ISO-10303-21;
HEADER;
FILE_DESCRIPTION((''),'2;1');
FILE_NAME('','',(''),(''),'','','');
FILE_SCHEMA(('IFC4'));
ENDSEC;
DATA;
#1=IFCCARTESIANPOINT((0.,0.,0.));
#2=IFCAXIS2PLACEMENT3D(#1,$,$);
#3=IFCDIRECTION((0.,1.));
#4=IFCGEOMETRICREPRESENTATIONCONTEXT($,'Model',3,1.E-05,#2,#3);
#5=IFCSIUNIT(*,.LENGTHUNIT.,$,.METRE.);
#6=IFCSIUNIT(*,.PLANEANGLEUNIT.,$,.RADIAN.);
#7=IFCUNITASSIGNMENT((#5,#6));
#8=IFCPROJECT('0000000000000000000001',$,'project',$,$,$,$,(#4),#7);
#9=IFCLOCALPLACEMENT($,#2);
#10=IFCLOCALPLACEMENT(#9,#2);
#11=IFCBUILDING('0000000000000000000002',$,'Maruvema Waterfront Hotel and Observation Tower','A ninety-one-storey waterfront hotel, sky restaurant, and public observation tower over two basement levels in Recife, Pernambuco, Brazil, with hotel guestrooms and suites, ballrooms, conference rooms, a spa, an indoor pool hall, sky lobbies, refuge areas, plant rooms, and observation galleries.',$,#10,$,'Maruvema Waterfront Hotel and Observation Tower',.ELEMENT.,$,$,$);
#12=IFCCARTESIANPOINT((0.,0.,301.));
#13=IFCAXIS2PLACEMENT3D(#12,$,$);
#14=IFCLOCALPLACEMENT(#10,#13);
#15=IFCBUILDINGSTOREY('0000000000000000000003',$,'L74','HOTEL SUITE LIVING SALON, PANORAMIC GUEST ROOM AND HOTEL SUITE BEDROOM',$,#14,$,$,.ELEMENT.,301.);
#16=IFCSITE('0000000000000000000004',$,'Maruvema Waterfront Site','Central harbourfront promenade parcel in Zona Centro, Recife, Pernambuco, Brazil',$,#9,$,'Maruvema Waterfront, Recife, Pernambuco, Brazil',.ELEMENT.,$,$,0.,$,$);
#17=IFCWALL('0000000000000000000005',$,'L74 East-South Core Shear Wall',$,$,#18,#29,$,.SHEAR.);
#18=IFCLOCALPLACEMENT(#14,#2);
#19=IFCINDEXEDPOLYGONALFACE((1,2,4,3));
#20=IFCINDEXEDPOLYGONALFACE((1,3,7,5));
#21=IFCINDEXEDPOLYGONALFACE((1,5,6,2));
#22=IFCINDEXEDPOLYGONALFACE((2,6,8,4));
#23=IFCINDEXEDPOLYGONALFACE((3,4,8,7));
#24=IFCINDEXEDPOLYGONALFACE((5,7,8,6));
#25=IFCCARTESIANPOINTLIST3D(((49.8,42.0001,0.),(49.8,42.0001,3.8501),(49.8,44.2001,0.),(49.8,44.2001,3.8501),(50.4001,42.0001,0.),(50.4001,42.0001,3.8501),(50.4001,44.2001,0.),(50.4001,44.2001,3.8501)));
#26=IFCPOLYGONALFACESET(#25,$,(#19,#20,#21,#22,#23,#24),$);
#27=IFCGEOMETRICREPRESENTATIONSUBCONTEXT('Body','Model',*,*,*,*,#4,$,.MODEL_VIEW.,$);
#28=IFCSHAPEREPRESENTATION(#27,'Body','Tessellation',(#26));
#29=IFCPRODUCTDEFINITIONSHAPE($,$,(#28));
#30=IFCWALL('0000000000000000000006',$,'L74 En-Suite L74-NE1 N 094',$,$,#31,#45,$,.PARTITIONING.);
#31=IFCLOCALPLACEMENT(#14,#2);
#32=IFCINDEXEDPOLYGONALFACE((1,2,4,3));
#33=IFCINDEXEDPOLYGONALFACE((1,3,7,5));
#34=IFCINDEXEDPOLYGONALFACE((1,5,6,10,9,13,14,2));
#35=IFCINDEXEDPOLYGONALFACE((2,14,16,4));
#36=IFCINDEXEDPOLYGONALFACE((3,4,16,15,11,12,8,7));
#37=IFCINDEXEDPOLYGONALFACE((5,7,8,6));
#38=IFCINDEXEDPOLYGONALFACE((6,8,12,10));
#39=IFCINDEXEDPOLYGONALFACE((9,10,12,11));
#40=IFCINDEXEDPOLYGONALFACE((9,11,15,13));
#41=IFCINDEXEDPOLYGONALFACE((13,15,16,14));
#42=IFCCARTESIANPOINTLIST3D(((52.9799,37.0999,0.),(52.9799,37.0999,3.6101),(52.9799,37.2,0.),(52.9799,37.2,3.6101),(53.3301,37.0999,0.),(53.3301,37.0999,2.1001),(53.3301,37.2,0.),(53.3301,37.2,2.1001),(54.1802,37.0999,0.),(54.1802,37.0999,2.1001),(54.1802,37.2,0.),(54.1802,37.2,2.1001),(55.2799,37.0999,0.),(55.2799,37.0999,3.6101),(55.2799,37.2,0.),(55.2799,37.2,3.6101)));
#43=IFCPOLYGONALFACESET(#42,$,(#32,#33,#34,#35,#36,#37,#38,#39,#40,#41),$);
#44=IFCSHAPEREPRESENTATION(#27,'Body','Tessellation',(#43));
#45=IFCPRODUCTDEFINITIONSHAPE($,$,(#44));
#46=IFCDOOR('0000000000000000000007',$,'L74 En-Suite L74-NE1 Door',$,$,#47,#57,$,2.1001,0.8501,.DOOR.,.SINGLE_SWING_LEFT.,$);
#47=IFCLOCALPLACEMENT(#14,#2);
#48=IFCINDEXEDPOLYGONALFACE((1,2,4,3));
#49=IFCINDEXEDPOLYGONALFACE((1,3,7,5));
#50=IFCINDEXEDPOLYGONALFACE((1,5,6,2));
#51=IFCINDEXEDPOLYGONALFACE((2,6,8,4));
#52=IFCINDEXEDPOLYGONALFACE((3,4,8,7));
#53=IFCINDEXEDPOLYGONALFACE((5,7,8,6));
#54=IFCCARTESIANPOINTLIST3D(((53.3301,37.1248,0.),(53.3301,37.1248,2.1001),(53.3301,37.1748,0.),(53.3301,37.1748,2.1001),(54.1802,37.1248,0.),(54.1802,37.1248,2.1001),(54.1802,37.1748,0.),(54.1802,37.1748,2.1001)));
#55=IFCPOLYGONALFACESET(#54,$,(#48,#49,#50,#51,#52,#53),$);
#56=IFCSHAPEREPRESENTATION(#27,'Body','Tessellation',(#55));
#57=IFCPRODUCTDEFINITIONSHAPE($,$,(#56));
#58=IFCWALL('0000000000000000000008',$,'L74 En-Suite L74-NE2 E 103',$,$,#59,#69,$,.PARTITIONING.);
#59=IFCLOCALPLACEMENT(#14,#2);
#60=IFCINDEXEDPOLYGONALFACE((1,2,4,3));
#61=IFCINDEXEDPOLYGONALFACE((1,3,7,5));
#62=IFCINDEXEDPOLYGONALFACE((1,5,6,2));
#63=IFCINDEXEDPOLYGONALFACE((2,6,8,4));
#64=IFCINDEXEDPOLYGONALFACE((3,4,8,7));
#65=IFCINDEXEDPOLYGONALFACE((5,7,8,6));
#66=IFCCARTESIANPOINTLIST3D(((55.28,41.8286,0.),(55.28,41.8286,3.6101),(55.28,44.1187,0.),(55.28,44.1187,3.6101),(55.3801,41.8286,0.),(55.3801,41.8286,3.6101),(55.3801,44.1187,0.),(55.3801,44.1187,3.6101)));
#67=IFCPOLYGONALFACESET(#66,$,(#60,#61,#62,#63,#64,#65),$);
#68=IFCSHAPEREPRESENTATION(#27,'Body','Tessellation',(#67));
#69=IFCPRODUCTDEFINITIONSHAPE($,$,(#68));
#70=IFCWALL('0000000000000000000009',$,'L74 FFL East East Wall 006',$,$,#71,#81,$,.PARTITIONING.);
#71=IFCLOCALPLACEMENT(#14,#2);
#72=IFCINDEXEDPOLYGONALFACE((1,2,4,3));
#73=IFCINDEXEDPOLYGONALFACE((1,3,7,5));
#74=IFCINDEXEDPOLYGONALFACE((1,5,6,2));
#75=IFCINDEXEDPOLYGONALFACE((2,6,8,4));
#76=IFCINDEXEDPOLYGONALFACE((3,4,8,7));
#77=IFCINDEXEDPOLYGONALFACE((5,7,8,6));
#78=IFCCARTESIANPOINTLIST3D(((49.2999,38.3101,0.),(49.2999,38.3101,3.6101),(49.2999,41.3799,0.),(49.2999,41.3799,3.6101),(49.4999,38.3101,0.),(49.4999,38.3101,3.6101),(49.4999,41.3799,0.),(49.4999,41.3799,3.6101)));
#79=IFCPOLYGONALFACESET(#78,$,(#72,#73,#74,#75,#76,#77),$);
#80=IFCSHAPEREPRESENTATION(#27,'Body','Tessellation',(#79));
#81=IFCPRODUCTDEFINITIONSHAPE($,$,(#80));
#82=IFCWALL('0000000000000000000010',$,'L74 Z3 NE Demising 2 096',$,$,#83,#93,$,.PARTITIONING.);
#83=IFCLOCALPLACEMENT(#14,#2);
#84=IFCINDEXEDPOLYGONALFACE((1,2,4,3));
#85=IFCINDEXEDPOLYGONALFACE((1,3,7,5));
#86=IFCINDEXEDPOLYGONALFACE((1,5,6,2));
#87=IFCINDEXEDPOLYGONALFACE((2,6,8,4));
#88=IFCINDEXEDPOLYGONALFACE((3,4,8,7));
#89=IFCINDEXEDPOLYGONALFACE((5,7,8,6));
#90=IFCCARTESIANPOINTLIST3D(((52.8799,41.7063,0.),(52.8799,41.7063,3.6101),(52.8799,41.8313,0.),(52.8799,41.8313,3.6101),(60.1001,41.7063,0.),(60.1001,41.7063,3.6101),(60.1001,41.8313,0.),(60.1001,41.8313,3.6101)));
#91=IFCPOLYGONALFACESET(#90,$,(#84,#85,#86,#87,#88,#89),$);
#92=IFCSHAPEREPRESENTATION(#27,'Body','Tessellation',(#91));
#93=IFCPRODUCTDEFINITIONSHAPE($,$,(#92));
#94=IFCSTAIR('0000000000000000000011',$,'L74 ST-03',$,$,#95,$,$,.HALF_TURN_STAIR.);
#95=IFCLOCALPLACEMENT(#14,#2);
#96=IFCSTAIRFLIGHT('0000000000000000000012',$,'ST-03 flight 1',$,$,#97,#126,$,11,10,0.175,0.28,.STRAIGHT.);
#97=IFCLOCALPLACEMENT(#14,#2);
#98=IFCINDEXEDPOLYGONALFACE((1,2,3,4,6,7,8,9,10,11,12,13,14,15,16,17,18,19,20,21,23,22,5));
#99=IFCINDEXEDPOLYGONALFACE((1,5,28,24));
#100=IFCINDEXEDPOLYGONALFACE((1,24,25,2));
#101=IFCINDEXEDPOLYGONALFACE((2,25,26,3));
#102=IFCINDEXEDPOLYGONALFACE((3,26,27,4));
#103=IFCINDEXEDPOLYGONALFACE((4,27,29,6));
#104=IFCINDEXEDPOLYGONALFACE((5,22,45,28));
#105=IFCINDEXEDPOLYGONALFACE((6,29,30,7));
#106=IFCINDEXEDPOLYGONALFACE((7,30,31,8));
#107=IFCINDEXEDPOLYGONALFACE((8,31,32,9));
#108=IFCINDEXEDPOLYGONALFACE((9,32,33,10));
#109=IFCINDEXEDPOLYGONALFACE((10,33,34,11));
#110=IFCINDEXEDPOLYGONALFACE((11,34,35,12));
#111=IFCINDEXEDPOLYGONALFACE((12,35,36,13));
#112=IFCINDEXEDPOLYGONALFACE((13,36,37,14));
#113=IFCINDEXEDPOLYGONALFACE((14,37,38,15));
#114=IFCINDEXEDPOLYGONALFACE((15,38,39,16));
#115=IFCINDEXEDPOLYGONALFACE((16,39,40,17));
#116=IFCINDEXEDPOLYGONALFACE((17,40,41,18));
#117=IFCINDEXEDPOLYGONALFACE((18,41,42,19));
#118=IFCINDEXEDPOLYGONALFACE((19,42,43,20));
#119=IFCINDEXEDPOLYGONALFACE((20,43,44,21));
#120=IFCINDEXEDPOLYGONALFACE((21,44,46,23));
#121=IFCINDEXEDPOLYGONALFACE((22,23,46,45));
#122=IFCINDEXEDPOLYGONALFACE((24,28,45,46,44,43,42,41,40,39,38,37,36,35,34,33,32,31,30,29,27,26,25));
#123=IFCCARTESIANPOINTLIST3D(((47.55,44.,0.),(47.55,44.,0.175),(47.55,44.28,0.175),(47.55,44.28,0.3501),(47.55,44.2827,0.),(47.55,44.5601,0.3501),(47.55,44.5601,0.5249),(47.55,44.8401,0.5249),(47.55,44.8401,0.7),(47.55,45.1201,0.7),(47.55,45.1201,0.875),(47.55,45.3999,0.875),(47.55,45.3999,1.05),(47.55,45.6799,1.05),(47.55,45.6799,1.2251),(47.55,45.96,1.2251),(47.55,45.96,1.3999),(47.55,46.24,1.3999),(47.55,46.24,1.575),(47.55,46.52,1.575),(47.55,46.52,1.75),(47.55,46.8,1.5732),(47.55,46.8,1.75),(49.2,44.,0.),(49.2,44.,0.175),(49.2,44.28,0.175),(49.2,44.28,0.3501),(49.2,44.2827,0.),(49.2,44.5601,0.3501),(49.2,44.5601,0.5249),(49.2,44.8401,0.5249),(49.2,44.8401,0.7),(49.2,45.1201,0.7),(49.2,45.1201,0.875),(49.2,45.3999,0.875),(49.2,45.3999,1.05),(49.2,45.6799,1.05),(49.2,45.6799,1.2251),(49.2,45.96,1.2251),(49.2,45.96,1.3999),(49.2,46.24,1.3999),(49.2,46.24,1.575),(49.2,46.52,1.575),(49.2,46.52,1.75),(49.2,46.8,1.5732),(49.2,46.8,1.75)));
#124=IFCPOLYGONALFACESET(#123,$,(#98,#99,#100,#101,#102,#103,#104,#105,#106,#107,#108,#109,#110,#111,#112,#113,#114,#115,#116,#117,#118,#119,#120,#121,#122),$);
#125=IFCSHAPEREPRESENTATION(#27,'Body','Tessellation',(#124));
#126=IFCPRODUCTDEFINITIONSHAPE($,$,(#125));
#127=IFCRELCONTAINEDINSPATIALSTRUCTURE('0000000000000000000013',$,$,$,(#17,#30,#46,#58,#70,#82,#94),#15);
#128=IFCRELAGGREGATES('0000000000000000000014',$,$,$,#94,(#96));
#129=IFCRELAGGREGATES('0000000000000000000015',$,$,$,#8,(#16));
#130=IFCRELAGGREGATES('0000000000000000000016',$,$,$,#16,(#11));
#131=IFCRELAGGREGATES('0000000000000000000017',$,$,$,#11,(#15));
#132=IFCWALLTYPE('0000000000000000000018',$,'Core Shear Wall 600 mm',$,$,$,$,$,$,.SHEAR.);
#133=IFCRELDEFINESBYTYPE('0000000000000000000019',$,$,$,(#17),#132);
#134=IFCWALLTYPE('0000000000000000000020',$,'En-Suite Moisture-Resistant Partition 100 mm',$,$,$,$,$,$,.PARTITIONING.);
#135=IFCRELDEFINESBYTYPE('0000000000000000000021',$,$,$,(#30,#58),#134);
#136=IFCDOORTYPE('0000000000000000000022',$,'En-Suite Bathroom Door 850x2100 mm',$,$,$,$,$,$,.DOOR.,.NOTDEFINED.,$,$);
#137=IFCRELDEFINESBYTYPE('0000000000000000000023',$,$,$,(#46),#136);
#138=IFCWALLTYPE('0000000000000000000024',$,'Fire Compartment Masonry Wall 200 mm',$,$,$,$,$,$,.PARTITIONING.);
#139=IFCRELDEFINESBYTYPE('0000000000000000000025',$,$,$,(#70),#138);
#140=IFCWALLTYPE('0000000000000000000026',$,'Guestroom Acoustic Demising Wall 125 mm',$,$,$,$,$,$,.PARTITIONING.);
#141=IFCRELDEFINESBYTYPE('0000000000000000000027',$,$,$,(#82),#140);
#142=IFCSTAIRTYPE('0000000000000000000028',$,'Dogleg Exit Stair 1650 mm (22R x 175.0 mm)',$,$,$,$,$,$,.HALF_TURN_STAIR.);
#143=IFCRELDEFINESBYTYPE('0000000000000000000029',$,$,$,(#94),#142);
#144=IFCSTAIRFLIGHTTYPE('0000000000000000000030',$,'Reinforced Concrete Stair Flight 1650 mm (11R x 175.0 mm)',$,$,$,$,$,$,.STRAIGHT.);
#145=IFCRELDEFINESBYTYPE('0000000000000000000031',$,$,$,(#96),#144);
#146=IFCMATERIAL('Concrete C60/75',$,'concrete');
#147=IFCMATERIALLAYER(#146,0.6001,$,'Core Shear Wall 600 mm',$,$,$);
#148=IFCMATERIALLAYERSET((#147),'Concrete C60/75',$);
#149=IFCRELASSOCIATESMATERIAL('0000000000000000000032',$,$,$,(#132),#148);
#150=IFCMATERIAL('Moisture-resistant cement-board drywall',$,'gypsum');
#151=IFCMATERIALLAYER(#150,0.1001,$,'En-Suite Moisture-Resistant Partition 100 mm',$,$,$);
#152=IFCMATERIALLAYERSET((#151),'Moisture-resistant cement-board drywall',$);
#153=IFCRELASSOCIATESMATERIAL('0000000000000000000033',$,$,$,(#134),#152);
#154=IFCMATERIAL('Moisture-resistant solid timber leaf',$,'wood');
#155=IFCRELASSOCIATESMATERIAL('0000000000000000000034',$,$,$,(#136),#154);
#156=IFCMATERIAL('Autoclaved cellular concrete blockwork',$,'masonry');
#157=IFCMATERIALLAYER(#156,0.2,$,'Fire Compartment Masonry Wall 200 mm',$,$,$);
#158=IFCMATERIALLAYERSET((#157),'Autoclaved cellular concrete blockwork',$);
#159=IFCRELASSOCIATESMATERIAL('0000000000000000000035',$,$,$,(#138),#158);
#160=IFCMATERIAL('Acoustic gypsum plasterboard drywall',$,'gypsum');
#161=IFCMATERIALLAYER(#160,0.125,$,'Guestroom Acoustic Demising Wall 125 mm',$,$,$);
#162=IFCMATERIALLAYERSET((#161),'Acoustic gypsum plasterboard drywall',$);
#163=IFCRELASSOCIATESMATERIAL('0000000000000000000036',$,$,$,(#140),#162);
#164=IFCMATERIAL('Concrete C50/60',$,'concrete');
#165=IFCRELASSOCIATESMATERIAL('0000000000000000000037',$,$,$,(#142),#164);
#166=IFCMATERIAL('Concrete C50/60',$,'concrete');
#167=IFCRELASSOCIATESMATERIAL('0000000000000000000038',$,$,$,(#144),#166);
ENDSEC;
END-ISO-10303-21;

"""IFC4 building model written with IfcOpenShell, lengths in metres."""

from ifc_helpers import new_model, si_unit, direction, frame, frame_2d, origin, place, context, subcontext, project, spatial, polyline, rectangle, outline, extrude, material, layer, layer_set, type_object, element, fill, aggregate, save


model = new_model("IFC4")

# Units and contexts
model_context = context("Model", 3, precision=1e-05, world=origin(), true_north=direction((0.0, 1.0)))
body_context = subcontext(model_context, "Body", "Model", "MODEL_VIEW")
ifc_project = project(units=[si_unit("LENGTHUNIT", "METRE"), si_unit("PLANEANGLEUNIT", "RADIAN")], contexts=[model_context])

# Site, building, storey
site_placement = place(None, origin())
site = spatial("IfcSite", under=ifc_project, at=site_placement, Name="Maruvema Waterfront Site", Description="Central harbourfront promenade parcel in Zona Centro, Recife, Pernambuco, Brazil", LongName="Maruvema Waterfront, Recife, Pernambuco, Brazil", CompositionType="ELEMENT", RefElevation=0.0)
building_placement = place(site_placement, origin())
building = spatial("IfcBuilding", under=site, at=building_placement, Name="Maruvema Waterfront Hotel and Observation Tower", Description="A ninety-one-storey waterfront hotel, sky restaurant, and public observation tower over two basement levels in Recife, Pernambuco, Brazil, with hotel guestrooms and suites, ballrooms, conference rooms, a spa, an indoor pool hall, sky lobbies, refuge areas, plant rooms, and observation galleries.", LongName="Maruvema Waterfront Hotel and Observation Tower", CompositionType="ELEMENT")
storey_placement = place(building_placement, frame((0.0, 0.0, 301.0)))
storey = spatial("IfcBuildingStorey", under=building, at=storey_placement, Name="L74", Description="HOTEL SUITE LIVING SALON, PANORAMIC GUEST ROOM AND HOTEL SUITE BEDROOM", CompositionType="ELEMENT", Elevation=301.0)

# Wall
ifc_material_1 = material(Name="Concrete C60/75", Category="concrete")
ifc_layer_1 = layer(ifc_material_1, 0.6001, Name="Core Shear Wall 600 mm")
ifc_layer_set_1 = layer_set([ifc_layer_1], Name="Concrete C60/75")
wall_type_1 = type_object("IfcWallType", Name="Core Shear Wall 600 mm", PredefinedType="SHEAR", material=ifc_layer_set_1)
wall_1_placement = place(storey_placement, frame((50.1001, 42.0, 0.0), z_axis=(0.0, 0.0, 1.0), x_axis=(0.0, 1.0, 0.0)))
element("IfcWall", 1, at=wall_1_placement, inside=storey, type_object=wall_type_1, Name="L74 East-South Core Shear Wall", PredefinedType="SHEAR", context=body_context, shape_type="SweptSolid", body=[
    extrude(rectangle(XDim=2.2, YDim=0.6001, at=frame_2d((1.1001, 0.0))), origin(), (0.0, 0.0, 1.0), 3.8501),
])

# Wall, opening, door
ifc_material_2 = material(Name="Moisture-resistant cement-board drywall", Category="gypsum")
ifc_layer_2 = layer(ifc_material_2, 0.1001, Name="En-Suite Moisture-Resistant Partition 100 mm")
ifc_layer_set_2 = layer_set([ifc_layer_2], Name="Moisture-resistant cement-board drywall")
wall_type_2 = type_object("IfcWallType", Name="En-Suite Moisture-Resistant Partition 100 mm", PredefinedType="PARTITIONING", material=ifc_layer_set_2)
wall_2_placement = place(storey_placement, frame((52.98, 37.1499, 0.0), z_axis=(0.0, 0.0, 1.0), x_axis=(1.0, 0.0, 0.0)))
wall_2 = element("IfcWall", 2, at=wall_2_placement, inside=storey, type_object=wall_type_2, Name="L74 En-Suite L74-NE1 N 094", PredefinedType="PARTITIONING", context=body_context, shape_type="SweptSolid", body=[
    extrude(rectangle(XDim=2.3, YDim=0.1001, at=frame_2d((1.1499, 0.0))), origin(), (0.0, 0.0, 1.0), 3.6101),
])
opening_1_placement = place(wall_2_placement, frame((0.3501, 0.0, 0.0)))
opening_1 = element("IfcOpeningElement", 3, at=opening_1_placement, cuts=wall_2, PredefinedType="OPENING", context=body_context, shape_type="SweptSolid", body=[
    extrude(rectangle(XDim=0.8501, YDim=2.1001, at=frame_2d((0.425, 1.05))), frame((0.0, 0.0601, 0.0), z_axis=(0.0, -1.0, 0.0), x_axis=(1.0, 0.0, 0.0)), (0.0, 0.0, 1.0), 0.1201),
])
ifc_material_3 = material(Name="Moisture-resistant solid timber leaf", Category="wood")
door_type_1 = type_object("IfcDoorType", Name="En-Suite Bathroom Door 850x2100 mm", OperationType="NOTDEFINED", PredefinedType="DOOR", material=ifc_material_3)
door_1_placement = place(opening_1_placement, origin())
door_1 = element("IfcDoor", 4, at=door_1_placement, inside=storey, type_object=door_type_1, Name="L74 En-Suite L74-NE1 Door", OperationType="SINGLE_SWING_LEFT", OverallHeight=2.1001, OverallWidth=0.8501, PredefinedType="DOOR", context=body_context, shape_type="SweptSolid", body=[
    extrude(rectangle(XDim=0.8501, YDim=2.1001, at=frame_2d((0.425, 1.05))), frame((0.0, 0.0249, 0.0), z_axis=(0.0, -1.0, 0.0), x_axis=(1.0, 0.0, 0.0)), (0.0, 0.0, 1.0), 0.05),
])
fill(opening_1, door_1)

# Walls
wall_3_placement = place(storey_placement, frame((55.3301, 41.8286, 0.0), z_axis=(0.0, 0.0, 1.0), x_axis=(0.0, 1.0, 0.0)))
element("IfcWall", 5, at=wall_3_placement, inside=storey, type_object=wall_type_2, Name="L74 En-Suite L74-NE2 E 103", PredefinedType="PARTITIONING", context=body_context, shape_type="SweptSolid", body=[
    extrude(rectangle(XDim=2.29, YDim=0.1001, at=frame_2d((1.145, 0.0))), origin(), (0.0, 0.0, 1.0), 3.6101),
])
ifc_material_4 = material(Name="Autoclaved cellular concrete blockwork", Category="masonry")
ifc_layer_3 = layer(ifc_material_4, 0.2, Name="Fire Compartment Masonry Wall 200 mm")
ifc_layer_set_3 = layer_set([ifc_layer_3], Name="Autoclaved cellular concrete blockwork")
wall_type_3 = type_object("IfcWallType", Name="Fire Compartment Masonry Wall 200 mm", PredefinedType="PARTITIONING", material=ifc_layer_set_3)
wall_4_placement = place(storey_placement, frame((49.3999, 38.3101, 0.0), z_axis=(0.0, 0.0, 1.0), x_axis=(0.0, 1.0, 0.0)))
element("IfcWall", 6, at=wall_4_placement, inside=storey, type_object=wall_type_3, Name="L74 FFL East East Wall 006", PredefinedType="PARTITIONING", context=body_context, shape_type="SweptSolid", body=[
    extrude(rectangle(XDim=3.0698, YDim=0.2, at=frame_2d((1.5349, 0.0))), origin(), (0.0, 0.0, 1.0), 3.6101),
])
ifc_material_5 = material(Name="Acoustic gypsum plasterboard drywall", Category="gypsum")
ifc_layer_4 = layer(ifc_material_5, 0.125, Name="Guestroom Acoustic Demising Wall 125 mm")
ifc_layer_set_4 = layer_set([ifc_layer_4], Name="Acoustic gypsum plasterboard drywall")
wall_type_4 = type_object("IfcWallType", Name="Guestroom Acoustic Demising Wall 125 mm", PredefinedType="PARTITIONING", material=ifc_layer_set_4)
wall_5_placement = place(storey_placement, frame((52.8799, 41.7688, 0.0), z_axis=(0.0, 0.0, 1.0), x_axis=(1.0, 0.0, 0.0)))
element("IfcWall", 7, at=wall_5_placement, inside=storey, type_object=wall_type_4, Name="L74 Z3 NE Demising 2 096", PredefinedType="PARTITIONING", context=body_context, shape_type="SweptSolid", body=[
    extrude(rectangle(XDim=7.2202, YDim=0.125, at=frame_2d((3.6101, 0.0))), origin(), (0.0, 0.0, 1.0), 3.6101),
])

# Stair, stair flight
ifc_material_6 = material(Name="Concrete C50/60", Category="concrete")
stair_type = type_object("IfcStairType", Name="Dogleg Exit Stair 1650 mm (22R x 175.0 mm)", PredefinedType="HALF_TURN_STAIR", material=ifc_material_6)
stair_placement = place(storey_placement, origin())
stair = element("IfcStair", 8, at=stair_placement, inside=storey, type_object=stair_type, Name="L74 ST-03", PredefinedType="HALF_TURN_STAIR")
ifc_material_7 = material(Name="Concrete C50/60", Category="concrete")
stair_flight_type = type_object("IfcStairFlightType", Name="Reinforced Concrete Stair Flight 1650 mm (11R x 175.0 mm)", PredefinedType="STRAIGHT", material=ifc_material_7)
stair_flight_placement = place(storey_placement, frame((48.375, 44.0, 0.0), z_axis=(0.0, 0.0, 1.0), x_axis=(0.0, 1.0, 0.0)))
stair_flight = element("IfcStairFlight", 9, at=stair_flight_placement, type_object=stair_flight_type, Name="ST-03 flight 1", NumberOfRisers=11, NumberOfTreads=10, PredefinedType="STRAIGHT", RiserHeight=0.175, TreadLength=0.28, context=body_context, shape_type="SweptSolid", body=[
    extrude(outline(polyline([(0.0, 0.0), (0.0, 0.175), (0.28, 0.175), (0.28, 0.3501), (0.5601, 0.3501), (0.5601, 0.5249), (0.8401, 0.5249), (0.8401, 0.7), (1.1201, 0.7), (1.1201, 0.875), (1.3999, 0.875), (1.3999, 1.05), (1.6799, 1.05), (1.6799, 1.2251), (1.96, 1.2251), (1.96, 1.3999), (2.24, 1.3999), (2.24, 1.575), (2.52, 1.575), (2.52, 1.75), (2.8, 1.75), (2.8, 1.925), (2.8, 1.5732), (0.2827, 0.0), (0.0, 0.0)])), frame((0.0, 0.825, 0.0), z_axis=(0.0, -1.0, 0.0), x_axis=(1.0, 0.0, 0.0)), (0.0, 0.0, 1.0), 1.6499),
])
aggregate(stair, [stair_flight])

save(model, "model.ifc")
